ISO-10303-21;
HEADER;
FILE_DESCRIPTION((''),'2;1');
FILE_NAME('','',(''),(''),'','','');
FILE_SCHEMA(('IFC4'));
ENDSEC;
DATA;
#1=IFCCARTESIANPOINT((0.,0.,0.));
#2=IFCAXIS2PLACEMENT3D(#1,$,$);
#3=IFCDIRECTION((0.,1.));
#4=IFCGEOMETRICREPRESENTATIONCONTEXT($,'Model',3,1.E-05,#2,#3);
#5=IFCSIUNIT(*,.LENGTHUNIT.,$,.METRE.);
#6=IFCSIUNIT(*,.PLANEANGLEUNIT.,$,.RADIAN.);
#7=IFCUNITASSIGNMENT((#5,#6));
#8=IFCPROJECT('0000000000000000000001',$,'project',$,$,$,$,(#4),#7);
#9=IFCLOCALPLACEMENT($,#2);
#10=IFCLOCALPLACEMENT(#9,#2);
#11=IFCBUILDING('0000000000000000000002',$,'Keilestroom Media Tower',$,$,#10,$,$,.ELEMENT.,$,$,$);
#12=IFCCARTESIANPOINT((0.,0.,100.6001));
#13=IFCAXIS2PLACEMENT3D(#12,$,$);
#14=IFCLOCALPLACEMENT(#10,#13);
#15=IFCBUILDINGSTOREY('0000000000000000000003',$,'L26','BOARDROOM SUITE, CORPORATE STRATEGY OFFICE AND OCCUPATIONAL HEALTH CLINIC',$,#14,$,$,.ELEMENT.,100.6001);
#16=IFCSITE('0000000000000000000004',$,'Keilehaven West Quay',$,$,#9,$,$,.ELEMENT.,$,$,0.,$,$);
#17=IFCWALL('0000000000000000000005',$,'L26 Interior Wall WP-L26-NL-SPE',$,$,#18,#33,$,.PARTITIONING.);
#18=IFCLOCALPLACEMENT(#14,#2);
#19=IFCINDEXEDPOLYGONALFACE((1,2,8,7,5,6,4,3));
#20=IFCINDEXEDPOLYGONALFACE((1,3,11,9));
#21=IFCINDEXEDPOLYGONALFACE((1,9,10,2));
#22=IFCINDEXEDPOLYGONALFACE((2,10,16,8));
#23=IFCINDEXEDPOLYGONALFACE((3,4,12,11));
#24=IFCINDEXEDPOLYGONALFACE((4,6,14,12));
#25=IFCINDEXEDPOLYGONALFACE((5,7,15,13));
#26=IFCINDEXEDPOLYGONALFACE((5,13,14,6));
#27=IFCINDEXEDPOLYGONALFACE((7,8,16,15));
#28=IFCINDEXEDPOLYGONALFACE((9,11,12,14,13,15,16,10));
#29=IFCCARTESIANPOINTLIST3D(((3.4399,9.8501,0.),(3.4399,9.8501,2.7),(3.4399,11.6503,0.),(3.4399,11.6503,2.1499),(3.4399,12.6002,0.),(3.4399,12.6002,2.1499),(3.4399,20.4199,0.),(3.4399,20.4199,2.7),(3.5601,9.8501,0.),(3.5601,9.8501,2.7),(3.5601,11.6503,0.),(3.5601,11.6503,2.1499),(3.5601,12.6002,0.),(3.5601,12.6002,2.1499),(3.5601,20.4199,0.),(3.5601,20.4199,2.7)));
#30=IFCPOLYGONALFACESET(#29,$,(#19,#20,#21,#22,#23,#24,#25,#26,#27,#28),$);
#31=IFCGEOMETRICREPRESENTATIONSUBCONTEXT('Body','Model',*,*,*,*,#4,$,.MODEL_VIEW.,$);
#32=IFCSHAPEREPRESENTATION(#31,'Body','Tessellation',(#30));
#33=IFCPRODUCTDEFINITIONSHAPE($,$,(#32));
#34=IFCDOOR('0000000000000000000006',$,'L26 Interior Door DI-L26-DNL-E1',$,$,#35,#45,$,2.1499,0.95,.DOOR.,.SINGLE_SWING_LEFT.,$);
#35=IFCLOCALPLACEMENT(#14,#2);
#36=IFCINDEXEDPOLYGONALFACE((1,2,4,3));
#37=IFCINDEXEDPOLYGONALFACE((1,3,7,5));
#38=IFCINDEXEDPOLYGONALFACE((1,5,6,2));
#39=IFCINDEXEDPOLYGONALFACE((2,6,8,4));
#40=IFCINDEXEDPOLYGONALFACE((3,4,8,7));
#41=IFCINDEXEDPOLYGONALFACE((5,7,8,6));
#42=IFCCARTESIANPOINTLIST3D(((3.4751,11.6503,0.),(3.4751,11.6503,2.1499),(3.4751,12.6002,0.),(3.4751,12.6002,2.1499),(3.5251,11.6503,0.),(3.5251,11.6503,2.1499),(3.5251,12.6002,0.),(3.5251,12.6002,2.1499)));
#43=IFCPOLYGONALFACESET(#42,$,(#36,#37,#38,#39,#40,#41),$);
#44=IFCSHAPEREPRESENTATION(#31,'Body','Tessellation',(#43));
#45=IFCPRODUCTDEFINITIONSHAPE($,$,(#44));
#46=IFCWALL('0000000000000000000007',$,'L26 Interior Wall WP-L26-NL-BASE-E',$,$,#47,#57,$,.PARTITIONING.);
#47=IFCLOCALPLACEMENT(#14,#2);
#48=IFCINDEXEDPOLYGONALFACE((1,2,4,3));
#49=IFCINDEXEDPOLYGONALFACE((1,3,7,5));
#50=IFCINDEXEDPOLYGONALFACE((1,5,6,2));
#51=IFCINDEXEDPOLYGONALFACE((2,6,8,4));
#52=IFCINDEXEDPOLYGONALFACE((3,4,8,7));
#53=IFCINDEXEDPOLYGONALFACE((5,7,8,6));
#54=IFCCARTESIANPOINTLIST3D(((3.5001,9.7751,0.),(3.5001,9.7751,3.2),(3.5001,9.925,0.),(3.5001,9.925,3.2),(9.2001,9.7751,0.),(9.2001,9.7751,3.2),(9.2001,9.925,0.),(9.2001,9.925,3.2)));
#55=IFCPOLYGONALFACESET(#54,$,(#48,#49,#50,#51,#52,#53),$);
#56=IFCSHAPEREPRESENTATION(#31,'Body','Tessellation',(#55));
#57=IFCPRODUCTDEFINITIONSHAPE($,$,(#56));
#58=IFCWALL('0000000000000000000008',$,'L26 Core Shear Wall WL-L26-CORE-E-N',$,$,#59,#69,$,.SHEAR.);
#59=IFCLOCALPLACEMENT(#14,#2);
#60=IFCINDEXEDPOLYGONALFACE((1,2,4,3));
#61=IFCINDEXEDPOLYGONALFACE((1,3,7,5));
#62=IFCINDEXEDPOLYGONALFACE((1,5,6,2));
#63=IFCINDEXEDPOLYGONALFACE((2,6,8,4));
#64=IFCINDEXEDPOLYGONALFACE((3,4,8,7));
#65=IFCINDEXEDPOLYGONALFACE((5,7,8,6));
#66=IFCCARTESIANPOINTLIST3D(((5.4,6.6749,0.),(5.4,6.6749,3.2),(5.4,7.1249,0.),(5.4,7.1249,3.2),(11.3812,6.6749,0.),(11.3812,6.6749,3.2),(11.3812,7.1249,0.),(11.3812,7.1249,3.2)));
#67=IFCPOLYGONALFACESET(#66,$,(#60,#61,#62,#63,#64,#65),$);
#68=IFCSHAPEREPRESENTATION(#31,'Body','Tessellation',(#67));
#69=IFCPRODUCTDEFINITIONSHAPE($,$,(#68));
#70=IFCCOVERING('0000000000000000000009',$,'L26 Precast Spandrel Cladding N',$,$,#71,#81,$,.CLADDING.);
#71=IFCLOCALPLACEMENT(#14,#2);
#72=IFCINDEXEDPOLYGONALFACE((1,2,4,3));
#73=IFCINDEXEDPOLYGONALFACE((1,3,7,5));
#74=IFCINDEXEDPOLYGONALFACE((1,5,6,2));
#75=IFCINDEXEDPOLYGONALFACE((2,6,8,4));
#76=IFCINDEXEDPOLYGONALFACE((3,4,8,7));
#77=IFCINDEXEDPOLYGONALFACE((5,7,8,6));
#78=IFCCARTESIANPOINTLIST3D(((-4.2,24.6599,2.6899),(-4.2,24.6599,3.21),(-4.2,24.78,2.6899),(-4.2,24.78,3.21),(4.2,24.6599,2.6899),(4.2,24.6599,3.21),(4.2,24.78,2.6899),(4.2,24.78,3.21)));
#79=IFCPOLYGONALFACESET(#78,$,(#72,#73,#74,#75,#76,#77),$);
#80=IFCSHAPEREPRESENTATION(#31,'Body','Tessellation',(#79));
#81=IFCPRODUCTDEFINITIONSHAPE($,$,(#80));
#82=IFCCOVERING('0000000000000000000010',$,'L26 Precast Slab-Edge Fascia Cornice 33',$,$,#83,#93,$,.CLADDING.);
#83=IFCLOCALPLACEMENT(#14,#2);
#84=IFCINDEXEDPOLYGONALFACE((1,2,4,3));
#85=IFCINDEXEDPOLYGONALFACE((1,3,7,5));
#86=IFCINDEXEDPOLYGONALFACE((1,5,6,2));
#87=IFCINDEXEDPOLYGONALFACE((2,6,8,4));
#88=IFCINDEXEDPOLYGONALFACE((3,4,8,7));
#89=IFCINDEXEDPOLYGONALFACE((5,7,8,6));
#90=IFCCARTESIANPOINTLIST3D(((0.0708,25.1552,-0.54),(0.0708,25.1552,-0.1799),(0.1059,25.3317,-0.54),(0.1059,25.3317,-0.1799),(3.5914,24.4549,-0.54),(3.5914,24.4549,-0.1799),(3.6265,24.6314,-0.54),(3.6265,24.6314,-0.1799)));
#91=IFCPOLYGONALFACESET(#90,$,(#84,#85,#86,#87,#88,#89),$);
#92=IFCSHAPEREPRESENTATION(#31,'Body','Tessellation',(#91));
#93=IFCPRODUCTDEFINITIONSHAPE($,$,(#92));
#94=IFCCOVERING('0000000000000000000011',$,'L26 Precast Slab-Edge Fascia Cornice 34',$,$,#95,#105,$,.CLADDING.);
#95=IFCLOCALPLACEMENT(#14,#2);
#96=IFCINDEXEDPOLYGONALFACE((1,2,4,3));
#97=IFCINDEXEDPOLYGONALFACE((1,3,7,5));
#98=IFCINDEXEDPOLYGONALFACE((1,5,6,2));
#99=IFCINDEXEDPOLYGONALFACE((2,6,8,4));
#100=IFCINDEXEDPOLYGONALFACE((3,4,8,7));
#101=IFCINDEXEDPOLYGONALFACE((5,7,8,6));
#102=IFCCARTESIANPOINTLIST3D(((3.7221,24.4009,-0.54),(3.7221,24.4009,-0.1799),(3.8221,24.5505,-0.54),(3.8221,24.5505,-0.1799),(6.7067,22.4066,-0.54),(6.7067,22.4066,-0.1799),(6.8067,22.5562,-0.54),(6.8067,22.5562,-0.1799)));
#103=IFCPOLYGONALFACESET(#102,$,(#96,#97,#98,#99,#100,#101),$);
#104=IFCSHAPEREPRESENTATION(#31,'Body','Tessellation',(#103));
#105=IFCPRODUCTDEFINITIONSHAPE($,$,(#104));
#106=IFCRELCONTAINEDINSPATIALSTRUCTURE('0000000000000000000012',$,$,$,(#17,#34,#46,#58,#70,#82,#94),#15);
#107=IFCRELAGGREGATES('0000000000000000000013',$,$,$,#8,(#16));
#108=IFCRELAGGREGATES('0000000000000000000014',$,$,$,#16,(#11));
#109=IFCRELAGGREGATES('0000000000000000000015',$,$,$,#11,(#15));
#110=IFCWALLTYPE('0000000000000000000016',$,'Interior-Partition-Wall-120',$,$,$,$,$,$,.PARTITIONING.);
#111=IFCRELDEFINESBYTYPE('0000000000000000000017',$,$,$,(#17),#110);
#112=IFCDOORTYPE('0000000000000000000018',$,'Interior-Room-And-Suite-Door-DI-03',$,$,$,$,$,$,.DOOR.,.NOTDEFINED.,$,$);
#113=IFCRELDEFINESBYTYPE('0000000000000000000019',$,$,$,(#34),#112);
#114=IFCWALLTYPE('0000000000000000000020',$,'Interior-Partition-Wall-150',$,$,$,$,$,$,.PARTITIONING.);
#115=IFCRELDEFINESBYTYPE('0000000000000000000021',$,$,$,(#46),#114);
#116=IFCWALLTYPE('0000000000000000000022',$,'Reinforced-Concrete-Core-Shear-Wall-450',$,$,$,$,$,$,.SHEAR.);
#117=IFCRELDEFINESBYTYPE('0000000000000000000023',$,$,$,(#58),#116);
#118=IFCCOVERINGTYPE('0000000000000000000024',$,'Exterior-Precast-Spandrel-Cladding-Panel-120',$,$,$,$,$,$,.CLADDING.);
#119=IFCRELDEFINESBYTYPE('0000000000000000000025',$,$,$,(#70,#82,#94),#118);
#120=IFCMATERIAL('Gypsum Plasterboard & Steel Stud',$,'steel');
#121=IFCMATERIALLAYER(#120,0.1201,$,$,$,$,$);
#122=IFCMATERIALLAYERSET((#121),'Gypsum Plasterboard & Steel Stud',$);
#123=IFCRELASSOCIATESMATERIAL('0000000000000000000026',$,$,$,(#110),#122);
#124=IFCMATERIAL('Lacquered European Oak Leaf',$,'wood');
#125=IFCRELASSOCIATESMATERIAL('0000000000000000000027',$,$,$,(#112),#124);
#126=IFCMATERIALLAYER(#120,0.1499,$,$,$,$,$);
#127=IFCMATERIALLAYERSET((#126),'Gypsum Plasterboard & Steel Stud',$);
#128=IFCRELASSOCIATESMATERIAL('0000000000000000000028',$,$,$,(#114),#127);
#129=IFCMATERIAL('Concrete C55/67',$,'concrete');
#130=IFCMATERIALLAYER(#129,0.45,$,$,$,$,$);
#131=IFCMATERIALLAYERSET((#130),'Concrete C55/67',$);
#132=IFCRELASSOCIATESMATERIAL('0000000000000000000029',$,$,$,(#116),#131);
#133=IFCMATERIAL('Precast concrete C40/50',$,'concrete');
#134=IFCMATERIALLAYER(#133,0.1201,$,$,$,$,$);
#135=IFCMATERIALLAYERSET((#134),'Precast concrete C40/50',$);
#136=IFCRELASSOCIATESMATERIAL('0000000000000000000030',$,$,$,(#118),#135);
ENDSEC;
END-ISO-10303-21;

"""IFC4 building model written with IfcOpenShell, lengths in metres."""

from ifc_helpers import new_model, si_unit, direction, frame, frame_2d, origin, origin_2d, place, context, subcontext, project, spatial, rectangle, extrude, source, transform, mapped, material, layer, layer_set, type_object, element, fill, save


model = new_model("IFC4")

# Units and contexts
model_context = context("Model", 3, precision=1e-05, world=origin(), true_north=direction((0.0, 1.0)))
body_context = subcontext(model_context, "Body", "Model", "MODEL_VIEW")
ifc_project = project(units=[si_unit("LENGTHUNIT", "METRE"), si_unit("PLANEANGLEUNIT", "RADIAN")], contexts=[model_context])

# Site, building, storey
site_placement = place(None, origin())
site = spatial("IfcSite", under=ifc_project, at=site_placement, Name="Keilehaven West Quay", CompositionType="ELEMENT", RefElevation=0.0)
building_placement = place(site_placement, origin())
building = spatial("IfcBuilding", under=site, at=building_placement, Name="Keilestroom Media Tower", CompositionType="ELEMENT")
storey_placement = place(building_placement, frame((0.0, 0.0, 100.6001)))
storey = spatial("IfcBuildingStorey", under=building, at=storey_placement, Name="L26", Description="BOARDROOM SUITE, CORPORATE STRATEGY OFFICE AND OCCUPATIONAL HEALTH CLINIC", CompositionType="ELEMENT", Elevation=100.6001)

# Shared definitions
ifc_material_1 = material(Name="Concrete C55/67", Category="concrete")

# Shared definitions
ifc_material_2 = material(Name="Precast concrete C40/50", Category="concrete")

# Wall, opening, door
ifc_material_3 = material(Name="Gypsum Plasterboard & Steel Stud", Category="steel")
ifc_layer_1 = layer(ifc_material_3, 0.1201)
ifc_layer_set_1 = layer_set([ifc_layer_1], Name="Gypsum Plasterboard & Steel Stud")
wall_type_1 = type_object("IfcWallType", Name="Interior-Partition-Wall-120", PredefinedType="PARTITIONING", material=ifc_layer_set_1)
wall_1_placement = place(storey_placement, frame((3.5, 9.8501, 0.0), z_axis=(0.0, 0.0, 1.0), x_axis=(0.0, 1.0, 0.0)))
wall_1 = element("IfcWall", 1, at=wall_1_placement, inside=storey, type_object=wall_type_1, Name="L26 Interior Wall WP-L26-NL-SPE", PredefinedType="PARTITIONING", context=body_context, shape_type="SweptSolid", body=[
    extrude(rectangle(XDim=10.5698, YDim=0.1201, at=frame_2d((5.2849, 0.0))), origin(), (0.0, 0.0, 1.0), 2.7),
])
opening_1_placement = place(wall_1_placement, frame((1.8, 0.0, 0.0)))
opening_1 = element("IfcOpeningElement", 2, at=opening_1_placement, cuts=wall_1, PredefinedType="OPENING", context=body_context, shape_type="SweptSolid", body=[
    extrude(rectangle(XDim=0.95, YDim=2.1499, at=frame_2d((0.4751, 1.075))), frame((0.0, 0.0701, 0.0), z_axis=(0.0, -1.0, 0.0), x_axis=(1.0, 0.0, 0.0)), (0.0, 0.0, 1.0), 0.1401),
])
ifc_material_4 = material(Name="Lacquered European Oak Leaf", Category="wood")
door_type_1 = type_object("IfcDoorType", Name="Interior-Room-And-Suite-Door-DI-03", OperationType="NOTDEFINED", PredefinedType="DOOR", material=ifc_material_4)
shared_shape_1 = source(origin(), body_context, "Body", "SweptSolid", [
    extrude(rectangle(XDim=0.95, YDim=2.1499, at=frame_2d((0.4751, 1.075))), frame((0.0, 0.0249, 0.0), z_axis=(0.0, -1.0, 0.0), x_axis=(1.0, 0.0, 0.0)), (0.0, 0.0, 1.0), 0.05),
])
door_1_placement = place(opening_1_placement, origin())
door_1 = element("IfcDoor", 3, at=door_1_placement, inside=storey, type_object=door_type_1, Name="L26 Interior Door DI-L26-DNL-E1", OperationType="SINGLE_SWING_LEFT", OverallHeight=2.1499, OverallWidth=0.95, PredefinedType="DOOR", context=body_context, shape_type="MappedRepresentation", body=[
    mapped(shared_shape_1, transform((0.0, 0.0, 0.0), x_axis=(1.0, 0.0, 0.0), y_axis=(0.0, 1.0, 0.0), z_axis=(0.0, 0.0, 1.0), scale=1.0)),
])
fill(opening_1, door_1)

# Walls
ifc_layer_2 = layer(ifc_material_3, 0.1499)
ifc_layer_set_2 = layer_set([ifc_layer_2], Name="Gypsum Plasterboard & Steel Stud")
wall_type_2 = type_object("IfcWallType", Name="Interior-Partition-Wall-150", PredefinedType="PARTITIONING", material=ifc_layer_set_2)
wall_2_placement = place(storey_placement, frame((3.5, 9.8501, 0.0), z_axis=(0.0, 0.0, 1.0), x_axis=(1.0, 0.0, 0.0)))
element("IfcWall", 4, at=wall_2_placement, inside=storey, type_object=wall_type_2, Name="L26 Interior Wall WP-L26-NL-BASE-E", PredefinedType="PARTITIONING", context=body_context, shape_type="SweptSolid", body=[
    extrude(rectangle(XDim=5.7, YDim=0.1499, at=frame_2d((2.8501, 0.0))), origin(), (0.0, 0.0, 1.0), 3.2),
])
ifc_layer_3 = layer(ifc_material_1, 0.45)
ifc_layer_set_3 = layer_set([ifc_layer_3], Name="Concrete C55/67")
wall_type_3 = type_object("IfcWallType", Name="Reinforced-Concrete-Core-Shear-Wall-450", PredefinedType="SHEAR", material=ifc_layer_set_3)
wall_3_placement = place(storey_placement, frame((5.3999, 6.8999, 0.0), z_axis=(0.0, 0.0, 1.0), x_axis=(1.0, 0.0, 0.0)))
element("IfcWall", 5, at=wall_3_placement, inside=storey, type_object=wall_type_3, Name="L26 Core Shear Wall WL-L26-CORE-E-N", PredefinedType="SHEAR", context=body_context, shape_type="SweptSolid", body=[
    extrude(rectangle(XDim=5.9812, YDim=0.45, at=frame_2d((2.9907, 0.0))), origin(), (0.0, 0.0, 1.0), 3.2),
])

# Coverings
ifc_layer_4 = layer(ifc_material_2, 0.1201)
ifc_layer_set_4 = layer_set([ifc_layer_4], Name="Precast concrete C40/50")
covering_type = type_object("IfcCoveringType", Name="Exterior-Precast-Spandrel-Cladding-Panel-120", PredefinedType="CLADDING", material=ifc_layer_set_4)
shared_shape_2 = source(origin(), body_context, "Body", "SweptSolid", [
    extrude(rectangle(XDim=8.3999, YDim=0.1201, at=origin_2d()), origin(), (0.0, 0.0, 1.0), 0.52),
])
covering_placement = place(storey_placement, frame((0.0, 24.72, 2.6899), z_axis=(0.0, 0.0, 1.0), x_axis=(1.0, 0.0, 0.0)))
element("IfcCovering", 6, at=covering_placement, inside=storey, type_object=covering_type, Name="L26 Precast Spandrel Cladding N", PredefinedType="CLADDING", context=body_context, shape_type="MappedRepresentation", body=[
    mapped(shared_shape_2, transform((0.0, 0.0, 0.0), x_axis=(1.0, 0.0, 0.0), y_axis=(0.0, 1.0, 0.0), z_axis=(0.0, 0.0, 1.0), scale=1.0)),
])
shared_shape_3 = source(origin(), body_context, "Body", "SweptSolid", [
    extrude(rectangle(XDim=3.5896, YDim=0.1799, at=origin_2d()), origin(), (0.0, 0.0, 1.0), 0.3601),
])
for number, where, z_axis, x_axis, name in (
    (7, (1.8486, 24.8933, -0.54), (0.0, 0.0, 1.0), (0.980784, -0.195099, 0.0), "L26 Precast Slab-Edge Fascia Cornice 33"),
    (8, (5.2644, 23.4785, -0.54), (0.0, 0.0, 1.0), (0.831467, -0.555575, 0.0), "L26 Precast Slab-Edge Fascia Cornice 34"),
):
    element("IfcCovering", number, at=place(storey_placement, frame(where, z_axis=z_axis, x_axis=x_axis)), inside=storey, type_object=covering_type, Name=name, PredefinedType="CLADDING", context=body_context, shape_type="MappedRepresentation", body=[
        mapped(shared_shape_3, transform((0.0, 0.0, 0.0), x_axis=(1.0, 0.0, 0.0), y_axis=(0.0, 1.0, 0.0), z_axis=(0.0, 0.0, 1.0), scale=1.0)),
    ])

save(model, "model.ifc")
